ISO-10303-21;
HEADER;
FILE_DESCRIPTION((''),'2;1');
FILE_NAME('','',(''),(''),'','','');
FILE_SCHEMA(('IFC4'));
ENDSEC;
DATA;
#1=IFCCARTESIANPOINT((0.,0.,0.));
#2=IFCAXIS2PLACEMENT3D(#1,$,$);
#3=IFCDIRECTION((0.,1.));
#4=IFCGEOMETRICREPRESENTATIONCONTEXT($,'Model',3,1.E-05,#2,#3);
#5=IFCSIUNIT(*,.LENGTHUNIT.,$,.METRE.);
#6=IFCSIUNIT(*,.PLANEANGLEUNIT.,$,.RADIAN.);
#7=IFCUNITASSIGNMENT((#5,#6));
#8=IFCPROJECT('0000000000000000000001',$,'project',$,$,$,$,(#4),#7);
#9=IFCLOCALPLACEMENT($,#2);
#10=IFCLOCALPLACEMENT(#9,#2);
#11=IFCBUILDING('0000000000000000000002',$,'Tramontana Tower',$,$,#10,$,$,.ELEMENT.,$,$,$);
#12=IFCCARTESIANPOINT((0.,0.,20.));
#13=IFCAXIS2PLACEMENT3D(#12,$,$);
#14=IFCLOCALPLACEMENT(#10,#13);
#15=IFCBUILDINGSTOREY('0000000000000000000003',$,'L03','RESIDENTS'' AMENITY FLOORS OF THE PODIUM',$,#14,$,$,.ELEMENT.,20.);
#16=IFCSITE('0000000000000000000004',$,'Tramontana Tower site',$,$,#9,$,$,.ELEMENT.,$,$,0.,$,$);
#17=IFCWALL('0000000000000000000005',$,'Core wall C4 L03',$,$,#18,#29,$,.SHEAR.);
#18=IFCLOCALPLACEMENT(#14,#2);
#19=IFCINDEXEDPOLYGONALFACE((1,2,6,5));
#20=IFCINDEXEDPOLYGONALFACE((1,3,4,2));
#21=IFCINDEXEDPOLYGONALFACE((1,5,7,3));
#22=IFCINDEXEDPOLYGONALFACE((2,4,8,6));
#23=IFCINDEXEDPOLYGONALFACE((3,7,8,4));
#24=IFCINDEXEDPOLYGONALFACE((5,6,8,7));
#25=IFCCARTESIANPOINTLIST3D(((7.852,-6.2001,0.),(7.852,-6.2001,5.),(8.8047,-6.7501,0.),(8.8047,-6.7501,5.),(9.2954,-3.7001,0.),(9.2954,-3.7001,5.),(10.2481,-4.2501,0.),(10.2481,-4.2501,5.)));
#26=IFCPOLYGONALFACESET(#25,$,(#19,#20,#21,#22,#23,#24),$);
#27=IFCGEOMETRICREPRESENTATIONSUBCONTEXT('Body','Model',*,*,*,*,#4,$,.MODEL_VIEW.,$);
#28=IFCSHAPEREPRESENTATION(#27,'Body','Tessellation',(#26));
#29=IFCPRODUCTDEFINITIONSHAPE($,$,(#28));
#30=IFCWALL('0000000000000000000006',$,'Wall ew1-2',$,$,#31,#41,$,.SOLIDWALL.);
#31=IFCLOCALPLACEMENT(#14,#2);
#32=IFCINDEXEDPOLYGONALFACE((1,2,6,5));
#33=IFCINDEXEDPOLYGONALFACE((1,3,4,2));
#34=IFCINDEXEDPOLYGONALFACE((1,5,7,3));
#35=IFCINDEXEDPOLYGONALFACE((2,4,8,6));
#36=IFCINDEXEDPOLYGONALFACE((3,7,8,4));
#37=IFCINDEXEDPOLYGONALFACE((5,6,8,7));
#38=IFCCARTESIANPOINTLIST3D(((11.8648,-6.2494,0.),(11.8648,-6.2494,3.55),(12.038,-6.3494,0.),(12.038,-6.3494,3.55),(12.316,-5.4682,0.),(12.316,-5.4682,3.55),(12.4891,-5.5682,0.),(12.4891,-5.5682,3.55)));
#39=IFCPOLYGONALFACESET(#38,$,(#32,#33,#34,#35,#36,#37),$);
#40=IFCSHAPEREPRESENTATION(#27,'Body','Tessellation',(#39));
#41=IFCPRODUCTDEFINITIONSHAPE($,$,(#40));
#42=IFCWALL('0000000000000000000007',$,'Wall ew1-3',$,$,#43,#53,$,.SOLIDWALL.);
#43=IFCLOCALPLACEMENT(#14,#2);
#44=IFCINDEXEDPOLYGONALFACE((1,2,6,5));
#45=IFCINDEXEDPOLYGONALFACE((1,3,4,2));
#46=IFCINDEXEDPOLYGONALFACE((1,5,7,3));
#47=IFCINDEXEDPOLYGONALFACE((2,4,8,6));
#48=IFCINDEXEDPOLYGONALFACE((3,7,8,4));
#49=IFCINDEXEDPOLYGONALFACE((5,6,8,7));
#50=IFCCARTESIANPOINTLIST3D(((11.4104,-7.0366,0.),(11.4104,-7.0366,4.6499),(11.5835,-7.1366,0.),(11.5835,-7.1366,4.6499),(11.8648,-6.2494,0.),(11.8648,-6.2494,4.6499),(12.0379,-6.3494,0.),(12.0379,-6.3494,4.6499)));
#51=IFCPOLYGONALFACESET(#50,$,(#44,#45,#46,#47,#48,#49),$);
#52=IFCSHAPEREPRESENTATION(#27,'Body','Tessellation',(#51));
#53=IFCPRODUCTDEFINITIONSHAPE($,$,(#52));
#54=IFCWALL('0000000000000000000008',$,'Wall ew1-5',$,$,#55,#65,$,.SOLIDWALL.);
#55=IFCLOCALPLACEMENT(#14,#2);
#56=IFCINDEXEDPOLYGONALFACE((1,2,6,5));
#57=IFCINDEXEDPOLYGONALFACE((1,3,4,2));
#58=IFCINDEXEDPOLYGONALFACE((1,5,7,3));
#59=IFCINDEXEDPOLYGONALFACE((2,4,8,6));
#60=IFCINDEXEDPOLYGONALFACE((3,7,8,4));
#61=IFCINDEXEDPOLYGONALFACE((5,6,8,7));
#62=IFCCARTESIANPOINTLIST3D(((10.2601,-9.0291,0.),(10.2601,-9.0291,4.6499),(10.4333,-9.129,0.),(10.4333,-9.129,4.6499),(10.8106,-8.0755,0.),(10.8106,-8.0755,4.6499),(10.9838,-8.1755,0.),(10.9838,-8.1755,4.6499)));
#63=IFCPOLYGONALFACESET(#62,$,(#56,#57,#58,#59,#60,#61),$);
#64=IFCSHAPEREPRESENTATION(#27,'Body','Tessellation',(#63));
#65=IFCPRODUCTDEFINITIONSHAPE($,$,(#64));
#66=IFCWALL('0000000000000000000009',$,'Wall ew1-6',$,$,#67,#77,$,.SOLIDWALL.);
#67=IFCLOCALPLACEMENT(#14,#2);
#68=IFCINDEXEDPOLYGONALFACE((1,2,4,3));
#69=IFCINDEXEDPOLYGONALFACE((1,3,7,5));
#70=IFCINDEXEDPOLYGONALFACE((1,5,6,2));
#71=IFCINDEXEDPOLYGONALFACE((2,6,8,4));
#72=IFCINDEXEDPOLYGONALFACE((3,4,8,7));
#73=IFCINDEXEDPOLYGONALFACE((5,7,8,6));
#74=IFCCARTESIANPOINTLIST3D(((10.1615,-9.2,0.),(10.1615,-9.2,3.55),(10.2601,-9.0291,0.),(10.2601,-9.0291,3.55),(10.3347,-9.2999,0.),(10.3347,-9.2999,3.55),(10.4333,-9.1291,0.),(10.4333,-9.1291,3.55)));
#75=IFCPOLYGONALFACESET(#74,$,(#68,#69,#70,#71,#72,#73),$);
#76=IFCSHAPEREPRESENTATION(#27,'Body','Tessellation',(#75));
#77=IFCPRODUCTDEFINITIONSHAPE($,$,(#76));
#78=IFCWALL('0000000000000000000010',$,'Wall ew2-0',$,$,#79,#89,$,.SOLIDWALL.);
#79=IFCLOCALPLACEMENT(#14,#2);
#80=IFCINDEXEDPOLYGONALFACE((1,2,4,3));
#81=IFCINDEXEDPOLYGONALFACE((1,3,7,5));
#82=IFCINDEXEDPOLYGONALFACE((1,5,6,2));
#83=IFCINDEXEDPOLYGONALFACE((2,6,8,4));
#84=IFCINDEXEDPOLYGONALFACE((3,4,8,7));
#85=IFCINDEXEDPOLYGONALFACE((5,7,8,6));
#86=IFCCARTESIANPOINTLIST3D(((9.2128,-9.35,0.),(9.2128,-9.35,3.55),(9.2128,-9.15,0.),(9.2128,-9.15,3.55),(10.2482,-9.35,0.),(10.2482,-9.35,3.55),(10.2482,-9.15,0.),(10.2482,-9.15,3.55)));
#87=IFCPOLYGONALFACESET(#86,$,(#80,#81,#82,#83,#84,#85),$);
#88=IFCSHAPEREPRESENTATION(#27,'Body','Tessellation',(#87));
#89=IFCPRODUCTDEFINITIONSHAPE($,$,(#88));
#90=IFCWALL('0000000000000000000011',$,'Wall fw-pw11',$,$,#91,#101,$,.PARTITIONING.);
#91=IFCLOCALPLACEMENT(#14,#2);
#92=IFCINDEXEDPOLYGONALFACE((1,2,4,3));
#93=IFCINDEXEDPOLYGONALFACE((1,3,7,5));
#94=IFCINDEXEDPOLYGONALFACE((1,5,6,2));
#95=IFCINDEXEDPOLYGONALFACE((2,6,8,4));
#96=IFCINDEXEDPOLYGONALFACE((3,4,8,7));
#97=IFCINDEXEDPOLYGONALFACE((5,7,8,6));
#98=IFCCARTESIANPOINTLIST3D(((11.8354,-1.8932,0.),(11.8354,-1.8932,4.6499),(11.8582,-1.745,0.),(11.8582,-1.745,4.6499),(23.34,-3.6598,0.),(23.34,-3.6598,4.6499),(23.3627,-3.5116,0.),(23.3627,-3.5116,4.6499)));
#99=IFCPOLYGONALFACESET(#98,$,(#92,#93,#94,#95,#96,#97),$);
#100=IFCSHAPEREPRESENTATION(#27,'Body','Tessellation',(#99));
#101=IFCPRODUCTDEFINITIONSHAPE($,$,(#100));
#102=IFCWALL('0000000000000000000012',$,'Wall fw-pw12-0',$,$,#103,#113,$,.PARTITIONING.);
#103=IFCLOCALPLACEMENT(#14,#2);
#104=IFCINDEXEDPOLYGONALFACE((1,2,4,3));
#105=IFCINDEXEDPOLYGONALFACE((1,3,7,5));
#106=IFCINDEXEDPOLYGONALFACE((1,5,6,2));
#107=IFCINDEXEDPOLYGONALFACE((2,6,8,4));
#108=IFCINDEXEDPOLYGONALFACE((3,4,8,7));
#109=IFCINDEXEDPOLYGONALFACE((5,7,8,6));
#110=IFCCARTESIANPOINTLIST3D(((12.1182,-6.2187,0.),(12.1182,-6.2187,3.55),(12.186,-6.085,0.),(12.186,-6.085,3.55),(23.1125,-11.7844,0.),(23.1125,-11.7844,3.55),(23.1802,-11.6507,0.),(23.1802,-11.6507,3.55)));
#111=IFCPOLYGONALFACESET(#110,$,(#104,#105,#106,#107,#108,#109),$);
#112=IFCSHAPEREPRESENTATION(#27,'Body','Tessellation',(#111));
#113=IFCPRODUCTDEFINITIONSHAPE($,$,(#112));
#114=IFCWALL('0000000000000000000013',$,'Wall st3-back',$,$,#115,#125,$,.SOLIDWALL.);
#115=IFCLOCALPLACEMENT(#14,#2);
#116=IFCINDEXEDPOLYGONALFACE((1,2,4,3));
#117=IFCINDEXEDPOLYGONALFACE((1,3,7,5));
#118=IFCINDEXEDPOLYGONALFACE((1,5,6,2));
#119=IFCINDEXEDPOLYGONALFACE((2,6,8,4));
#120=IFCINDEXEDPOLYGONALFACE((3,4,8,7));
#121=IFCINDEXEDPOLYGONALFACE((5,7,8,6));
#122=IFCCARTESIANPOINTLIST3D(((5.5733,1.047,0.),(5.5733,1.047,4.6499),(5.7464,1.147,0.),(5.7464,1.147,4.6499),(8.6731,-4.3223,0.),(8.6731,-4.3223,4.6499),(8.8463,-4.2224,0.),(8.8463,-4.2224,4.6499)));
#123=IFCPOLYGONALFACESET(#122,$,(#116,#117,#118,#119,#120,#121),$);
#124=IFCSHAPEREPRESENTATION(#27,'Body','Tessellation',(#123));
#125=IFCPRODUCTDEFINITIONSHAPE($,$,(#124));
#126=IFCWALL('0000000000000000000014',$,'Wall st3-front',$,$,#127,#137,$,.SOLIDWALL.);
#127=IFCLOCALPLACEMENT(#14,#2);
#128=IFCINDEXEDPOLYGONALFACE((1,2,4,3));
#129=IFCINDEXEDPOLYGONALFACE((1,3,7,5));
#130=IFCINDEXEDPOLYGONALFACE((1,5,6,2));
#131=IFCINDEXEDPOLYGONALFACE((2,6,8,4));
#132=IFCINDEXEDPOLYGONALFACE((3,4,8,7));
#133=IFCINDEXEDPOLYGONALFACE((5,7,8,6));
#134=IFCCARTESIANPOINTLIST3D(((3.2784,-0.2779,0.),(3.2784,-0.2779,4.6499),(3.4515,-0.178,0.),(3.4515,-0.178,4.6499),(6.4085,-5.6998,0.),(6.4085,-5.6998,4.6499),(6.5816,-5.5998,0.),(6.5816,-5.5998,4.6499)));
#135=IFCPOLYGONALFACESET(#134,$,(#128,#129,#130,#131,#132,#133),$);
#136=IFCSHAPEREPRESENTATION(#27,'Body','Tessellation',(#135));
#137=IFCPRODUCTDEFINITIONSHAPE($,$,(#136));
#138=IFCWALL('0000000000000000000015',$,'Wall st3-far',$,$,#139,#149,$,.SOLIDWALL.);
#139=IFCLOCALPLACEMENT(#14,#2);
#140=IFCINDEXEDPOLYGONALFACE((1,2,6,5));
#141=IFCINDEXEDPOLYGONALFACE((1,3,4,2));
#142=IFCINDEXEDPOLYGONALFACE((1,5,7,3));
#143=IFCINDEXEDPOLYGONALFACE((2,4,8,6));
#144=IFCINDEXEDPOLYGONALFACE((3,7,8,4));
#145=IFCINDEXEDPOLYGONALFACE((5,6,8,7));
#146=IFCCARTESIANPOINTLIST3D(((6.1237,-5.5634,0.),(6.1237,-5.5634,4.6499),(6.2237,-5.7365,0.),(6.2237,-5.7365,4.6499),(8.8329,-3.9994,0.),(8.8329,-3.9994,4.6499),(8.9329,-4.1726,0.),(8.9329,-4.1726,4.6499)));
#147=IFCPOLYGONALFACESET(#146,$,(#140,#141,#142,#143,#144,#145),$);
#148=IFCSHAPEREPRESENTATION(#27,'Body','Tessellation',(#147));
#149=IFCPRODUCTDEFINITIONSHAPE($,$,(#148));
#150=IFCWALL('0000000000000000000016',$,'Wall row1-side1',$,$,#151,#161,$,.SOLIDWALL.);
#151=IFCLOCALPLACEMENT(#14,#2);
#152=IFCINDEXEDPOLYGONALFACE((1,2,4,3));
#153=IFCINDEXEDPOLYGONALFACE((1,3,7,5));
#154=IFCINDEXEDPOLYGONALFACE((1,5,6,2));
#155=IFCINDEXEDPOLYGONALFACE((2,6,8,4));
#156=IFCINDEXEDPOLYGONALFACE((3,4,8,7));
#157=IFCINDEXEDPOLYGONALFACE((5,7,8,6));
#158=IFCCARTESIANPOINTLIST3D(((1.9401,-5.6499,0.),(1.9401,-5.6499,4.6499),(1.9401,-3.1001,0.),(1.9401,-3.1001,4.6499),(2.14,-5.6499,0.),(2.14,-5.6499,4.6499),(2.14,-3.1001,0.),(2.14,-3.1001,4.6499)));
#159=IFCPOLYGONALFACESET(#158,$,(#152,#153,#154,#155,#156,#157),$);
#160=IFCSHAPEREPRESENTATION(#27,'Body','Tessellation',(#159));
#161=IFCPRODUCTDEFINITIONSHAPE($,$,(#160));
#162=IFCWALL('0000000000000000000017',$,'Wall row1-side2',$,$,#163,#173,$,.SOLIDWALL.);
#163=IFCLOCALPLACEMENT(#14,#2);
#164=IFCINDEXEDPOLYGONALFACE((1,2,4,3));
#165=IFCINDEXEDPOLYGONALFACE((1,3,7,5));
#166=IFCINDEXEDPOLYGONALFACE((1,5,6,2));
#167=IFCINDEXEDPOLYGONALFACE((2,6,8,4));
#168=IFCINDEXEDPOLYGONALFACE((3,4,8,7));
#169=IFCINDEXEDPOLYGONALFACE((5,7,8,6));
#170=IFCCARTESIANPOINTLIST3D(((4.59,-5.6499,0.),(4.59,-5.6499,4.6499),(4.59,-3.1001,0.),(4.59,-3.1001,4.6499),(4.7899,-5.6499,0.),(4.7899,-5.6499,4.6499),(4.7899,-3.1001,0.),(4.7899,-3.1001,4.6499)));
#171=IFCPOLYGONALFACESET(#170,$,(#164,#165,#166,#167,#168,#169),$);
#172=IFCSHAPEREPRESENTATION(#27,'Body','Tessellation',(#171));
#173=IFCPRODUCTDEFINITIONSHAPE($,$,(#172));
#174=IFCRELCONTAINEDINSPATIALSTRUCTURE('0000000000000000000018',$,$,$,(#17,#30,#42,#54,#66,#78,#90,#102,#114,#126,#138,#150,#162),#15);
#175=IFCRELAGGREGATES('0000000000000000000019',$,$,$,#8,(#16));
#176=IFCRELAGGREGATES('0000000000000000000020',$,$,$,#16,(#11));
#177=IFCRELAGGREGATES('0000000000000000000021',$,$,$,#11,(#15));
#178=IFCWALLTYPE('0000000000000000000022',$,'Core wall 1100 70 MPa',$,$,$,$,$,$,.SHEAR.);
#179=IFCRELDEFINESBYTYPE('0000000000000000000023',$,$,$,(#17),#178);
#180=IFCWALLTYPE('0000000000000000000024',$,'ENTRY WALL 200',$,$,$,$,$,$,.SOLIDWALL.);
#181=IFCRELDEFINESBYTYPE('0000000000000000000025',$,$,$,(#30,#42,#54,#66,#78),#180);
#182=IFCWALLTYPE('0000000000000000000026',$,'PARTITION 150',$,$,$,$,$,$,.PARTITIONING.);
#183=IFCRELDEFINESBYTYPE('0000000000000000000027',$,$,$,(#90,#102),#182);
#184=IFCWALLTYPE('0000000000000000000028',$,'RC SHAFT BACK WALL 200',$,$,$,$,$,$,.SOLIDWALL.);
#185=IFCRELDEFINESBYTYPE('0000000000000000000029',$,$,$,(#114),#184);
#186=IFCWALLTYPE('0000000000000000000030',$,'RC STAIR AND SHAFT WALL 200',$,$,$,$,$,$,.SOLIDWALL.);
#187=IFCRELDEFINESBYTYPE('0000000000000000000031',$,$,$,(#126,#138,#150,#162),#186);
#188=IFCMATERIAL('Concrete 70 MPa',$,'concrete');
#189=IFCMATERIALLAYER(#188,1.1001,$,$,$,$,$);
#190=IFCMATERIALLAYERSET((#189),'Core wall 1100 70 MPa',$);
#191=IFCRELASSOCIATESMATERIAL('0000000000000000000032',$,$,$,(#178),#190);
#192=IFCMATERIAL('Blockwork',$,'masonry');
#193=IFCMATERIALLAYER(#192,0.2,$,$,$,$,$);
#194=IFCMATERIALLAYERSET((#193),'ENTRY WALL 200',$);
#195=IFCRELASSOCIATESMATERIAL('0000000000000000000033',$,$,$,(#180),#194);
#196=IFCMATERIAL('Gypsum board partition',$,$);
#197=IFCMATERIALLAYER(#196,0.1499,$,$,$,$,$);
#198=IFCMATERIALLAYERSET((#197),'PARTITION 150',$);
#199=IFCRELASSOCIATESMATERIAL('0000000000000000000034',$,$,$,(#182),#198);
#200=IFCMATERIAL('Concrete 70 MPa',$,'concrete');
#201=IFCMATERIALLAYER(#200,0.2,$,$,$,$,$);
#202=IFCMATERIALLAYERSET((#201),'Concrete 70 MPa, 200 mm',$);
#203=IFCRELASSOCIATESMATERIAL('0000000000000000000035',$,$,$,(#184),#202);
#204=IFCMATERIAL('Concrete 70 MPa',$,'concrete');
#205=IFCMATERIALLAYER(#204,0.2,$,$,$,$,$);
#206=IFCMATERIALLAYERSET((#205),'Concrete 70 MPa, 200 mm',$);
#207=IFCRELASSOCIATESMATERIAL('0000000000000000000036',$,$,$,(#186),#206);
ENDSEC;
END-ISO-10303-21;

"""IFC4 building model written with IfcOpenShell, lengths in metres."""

from ifc_helpers import new_model, si_unit, direction, frame, frame_2d, origin, place, context, subcontext, project, spatial, rectangle, extrude, material, layer, layer_set, type_object, element, save


model = new_model("IFC4")

# Units and contexts
model_context = context("Model", 3, precision=1e-05, world=origin(), true_north=direction((0.0, 1.0)))
body_context = subcontext(model_context, "Body", "Model", "MODEL_VIEW")
ifc_project = project(units=[si_unit("LENGTHUNIT", "METRE"), si_unit("PLANEANGLEUNIT", "RADIAN")], contexts=[model_context])

# Site, building, storey
site_placement = place(None, origin())
site = spatial("IfcSite", under=ifc_project, at=site_placement, Name="Tramontana Tower site", CompositionType="ELEMENT", RefElevation=0.0)
building_placement = place(site_placement, origin())
building = spatial("IfcBuilding", under=site, at=building_placement, Name="Tramontana Tower", CompositionType="ELEMENT")
storey_placement = place(building_placement, frame((0.0, 0.0, 20.0)))
storey = spatial("IfcBuildingStorey", under=building, at=storey_placement, Name="L03", Description="RESIDENTS' AMENITY FLOORS OF THE PODIUM", CompositionType="ELEMENT", Elevation=20.0)

# Wall
ifc_material_1 = material(Name="Concrete 70 MPa", Category="concrete")
ifc_layer_1 = layer(ifc_material_1, 1.1001)
ifc_layer_set_1 = layer_set([ifc_layer_1], Name="Core wall 1100 70 MPa")
wall_type_1 = type_object("IfcWallType", Name="Core wall 1100 70 MPa", PredefinedType="SHEAR", material=ifc_layer_set_1)
wall_1_placement = place(storey_placement, frame((8.3284, -6.4751, 0.0), z_axis=(0.0, 0.0, 1.0), x_axis=(0.499996, 0.866028, 0.0)))
element("IfcWall", 1, at=wall_1_placement, inside=storey, type_object=wall_type_1, Name="Core wall C4 L03", PredefinedType="SHEAR", context=body_context, shape_type="SweptSolid", body=[
    extrude(rectangle(XDim=2.8867, YDim=1.1001, at=frame_2d((1.4434, 0.0))), origin(), (0.0, 0.0, 1.0), 5.0),
])

# Shared definitions
ifc_material_2 = material(Name="Blockwork", Category="masonry")
ifc_layer_2 = layer(ifc_material_2, 0.2)
ifc_layer_set_2 = layer_set([ifc_layer_2], Name="ENTRY WALL 200")
wall_type_2 = type_object("IfcWallType", Name="ENTRY WALL 200", PredefinedType="SOLIDWALL", material=ifc_layer_set_2)

# Walls
wall_2_placement = place(storey_placement, frame((12.4026, -5.5181, 0.0), z_axis=(0.0, 0.0, 1.0), x_axis=(-0.500097, -0.865969, 0.0)))
element("IfcWall", 2, at=wall_2_placement, inside=storey, type_object=wall_type_2, Name="Wall ew1-2", PredefinedType="SOLIDWALL", context=body_context, shape_type="SweptSolid", body=[
    extrude(rectangle(XDim=0.9021, YDim=0.2, at=frame_2d((0.4512, 0.0))), origin(), (0.0, 0.0, 1.0), 3.55),
])
wall_3_placement = place(storey_placement, frame((11.9514, -6.2993, 0.0), z_axis=(0.0, 0.0, 1.0), x_axis=(-0.499924, -0.866069, 0.0)))
element("IfcWall", 3, at=wall_3_placement, inside=storey, type_object=wall_type_2, Name="Wall ew1-3", PredefinedType="SOLIDWALL", context=body_context, shape_type="SweptSolid", body=[
    extrude(rectangle(XDim=0.9089, YDim=0.2, at=frame_2d((0.4546, 0.0))), origin(), (0.0, 0.0, 1.0), 4.6499),
])

# Walls
wall_4_placement = place(storey_placement, frame((10.8972, -8.1255, 0.0), z_axis=(0.0, 0.0, 1.0), x_axis=(-0.499978, -0.866038, 0.0)))
element("IfcWall", 4, at=wall_4_placement, inside=storey, type_object=wall_type_2, Name="Wall ew1-5", PredefinedType="SOLIDWALL", context=body_context, shape_type="SweptSolid", body=[
    extrude(rectangle(XDim=1.1011, YDim=0.2, at=frame_2d((0.5505, 0.0))), origin(), (0.0, 0.0, 1.0), 4.6499),
])
wall_5_placement = place(storey_placement, frame((10.3467, -9.0791, 0.0), z_axis=(0.0, 0.0, 1.0), x_axis=(-0.499865, -0.866103, 0.0)))
element("IfcWall", 5, at=wall_5_placement, inside=storey, type_object=wall_type_2, Name="Wall ew1-6", PredefinedType="SOLIDWALL", context=body_context, shape_type="SweptSolid", body=[
    extrude(rectangle(XDim=0.1973, YDim=0.2, at=frame_2d((0.0986, 0.0))), origin(), (0.0, 0.0, 1.0), 3.55),
])
wall_6_placement = place(storey_placement, frame((10.248, -9.25, 0.0), z_axis=(0.0, 0.0, 1.0), x_axis=(-1.0, 0.0, 0.0)))
element("IfcWall", 6, at=wall_6_placement, inside=storey, type_object=wall_type_2, Name="Wall ew2-0", PredefinedType="SOLIDWALL", context=body_context, shape_type="SweptSolid", body=[
    extrude(rectangle(XDim=1.0354, YDim=0.2, at=frame_2d((0.5176, 0.0))), origin(), (0.0, 0.0, 1.0), 3.55),
])
ifc_material_3 = material(Name="Gypsum board partition")
ifc_layer_3 = layer(ifc_material_3, 0.1499)
ifc_layer_set_3 = layer_set([ifc_layer_3], Name="PARTITION 150")
wall_type_3 = type_object("IfcWallType", Name="PARTITION 150", PredefinedType="PARTITIONING", material=ifc_layer_set_3)
wall_7_placement = place(storey_placement, frame((11.8467, -1.8191, 0.0), z_axis=(0.0, 0.0, 1.0), x_axis=(0.988415, -0.151777, 0.0)))
element("IfcWall", 7, at=wall_7_placement, inside=storey, type_object=wall_type_3, Name="Wall fw-pw11", PredefinedType="PARTITIONING", context=body_context, shape_type="SweptSolid", body=[
    extrude(rectangle(XDim=11.6394, YDim=0.1499, at=frame_2d((5.8198, 0.0))), origin(), (0.0, 0.0, 1.0), 4.6499),
])
wall_8_placement = place(storey_placement, frame((12.1521, -6.1519, 0.0), z_axis=(0.0, 0.0, 1.0), x_axis=(0.892189, -0.451662, 0.0)))
element("IfcWall", 8, at=wall_8_placement, inside=storey, type_object=wall_type_3, Name="Wall fw-pw12-0", PredefinedType="PARTITIONING", context=body_context, shape_type="SweptSolid", body=[
    extrude(rectangle(XDim=12.3228, YDim=0.1499, at=frame_2d((6.1614, 0.0))), origin(), (0.0, 0.0, 1.0), 3.55),
])
ifc_material_4 = material(Name="Concrete 70 MPa", Category="concrete")
ifc_layer_4 = layer(ifc_material_4, 0.2)
ifc_layer_set_4 = layer_set([ifc_layer_4], Name="Concrete 70 MPa, 200 mm")
wall_type_4 = type_object("IfcWallType", Name="RC SHAFT BACK WALL 200", PredefinedType="SOLIDWALL", material=ifc_layer_set_4)
wall_9_placement = place(storey_placement, frame((8.7598, -4.2725, 0.0), z_axis=(0.0, 0.0, 1.0), x_axis=(-0.49998, 0.866037, 0.0)))
element("IfcWall", 9, at=wall_9_placement, inside=storey, type_object=wall_type_4, Name="Wall st3-back", PredefinedType="SOLIDWALL", context=body_context, shape_type="SweptSolid", body=[
    extrude(rectangle(XDim=6.2, YDim=0.2, at=frame_2d((3.1001, 0.0))), origin(), (0.0, 0.0, 1.0), 4.6499),
])
ifc_material_5 = material(Name="Concrete 70 MPa", Category="concrete")
ifc_layer_5 = layer(ifc_material_5, 0.2)
ifc_layer_set_5 = layer_set([ifc_layer_5], Name="Concrete 70 MPa, 200 mm")
wall_type_5 = type_object("IfcWallType", Name="RC STAIR AND SHAFT WALL 200", PredefinedType="SOLIDWALL", material=ifc_layer_set_5)
wall_10_placement = place(storey_placement, frame((6.4951, -5.6499, 0.0), z_axis=(0.0, 0.0, 1.0), x_axis=(-0.499977, 0.866039, 0.0)))
element("IfcWall", 10, at=wall_10_placement, inside=storey, type_object=wall_type_5, Name="Wall st3-front", PredefinedType="SOLIDWALL", context=body_context, shape_type="SweptSolid", body=[
    extrude(rectangle(XDim=6.2605, YDim=0.2, at=frame_2d((3.1304, 0.0))), origin(), (0.0, 0.0, 1.0), 4.6499),
])
wall_11_placement = place(storey_placement, frame((6.1738, -5.6499, 0.0), z_axis=(0.0, 0.0, 1.0), x_axis=(0.866054, 0.49995, 0.0)))
element("IfcWall", 11, at=wall_11_placement, inside=storey, type_object=wall_type_5, Name="Wall st3-far", PredefinedType="SOLIDWALL", context=body_context, shape_type="SweptSolid", body=[
    extrude(rectangle(XDim=3.1282, YDim=0.2, at=frame_2d((1.564, 0.0))), origin(), (0.0, 0.0, 1.0), 4.6499),
])
for number, where, z_axis, x_axis, name in (
    (12, (2.04, -3.1001, 0.0), (0.0, 0.0, 1.0), (0.0, -1.0, 0.0), "Wall row1-side1"),
    (13, (4.6899, -3.1001, 0.0), (0.0, 0.0, 1.0), (0.0, -1.0, 0.0), "Wall row1-side2"),
):
    element("IfcWall", number, at=place(storey_placement, frame(where, z_axis=z_axis, x_axis=x_axis)), inside=storey, type_object=wall_type_5, Name=name, PredefinedType="SOLIDWALL", context=body_context, shape_type="SweptSolid", body=[
        extrude(rectangle(XDim=2.5498, YDim=0.2, at=frame_2d((1.2749, 0.0))), origin(), (0.0, 0.0, 1.0), 4.6499),
    ])

save(model, "model.ifc")
